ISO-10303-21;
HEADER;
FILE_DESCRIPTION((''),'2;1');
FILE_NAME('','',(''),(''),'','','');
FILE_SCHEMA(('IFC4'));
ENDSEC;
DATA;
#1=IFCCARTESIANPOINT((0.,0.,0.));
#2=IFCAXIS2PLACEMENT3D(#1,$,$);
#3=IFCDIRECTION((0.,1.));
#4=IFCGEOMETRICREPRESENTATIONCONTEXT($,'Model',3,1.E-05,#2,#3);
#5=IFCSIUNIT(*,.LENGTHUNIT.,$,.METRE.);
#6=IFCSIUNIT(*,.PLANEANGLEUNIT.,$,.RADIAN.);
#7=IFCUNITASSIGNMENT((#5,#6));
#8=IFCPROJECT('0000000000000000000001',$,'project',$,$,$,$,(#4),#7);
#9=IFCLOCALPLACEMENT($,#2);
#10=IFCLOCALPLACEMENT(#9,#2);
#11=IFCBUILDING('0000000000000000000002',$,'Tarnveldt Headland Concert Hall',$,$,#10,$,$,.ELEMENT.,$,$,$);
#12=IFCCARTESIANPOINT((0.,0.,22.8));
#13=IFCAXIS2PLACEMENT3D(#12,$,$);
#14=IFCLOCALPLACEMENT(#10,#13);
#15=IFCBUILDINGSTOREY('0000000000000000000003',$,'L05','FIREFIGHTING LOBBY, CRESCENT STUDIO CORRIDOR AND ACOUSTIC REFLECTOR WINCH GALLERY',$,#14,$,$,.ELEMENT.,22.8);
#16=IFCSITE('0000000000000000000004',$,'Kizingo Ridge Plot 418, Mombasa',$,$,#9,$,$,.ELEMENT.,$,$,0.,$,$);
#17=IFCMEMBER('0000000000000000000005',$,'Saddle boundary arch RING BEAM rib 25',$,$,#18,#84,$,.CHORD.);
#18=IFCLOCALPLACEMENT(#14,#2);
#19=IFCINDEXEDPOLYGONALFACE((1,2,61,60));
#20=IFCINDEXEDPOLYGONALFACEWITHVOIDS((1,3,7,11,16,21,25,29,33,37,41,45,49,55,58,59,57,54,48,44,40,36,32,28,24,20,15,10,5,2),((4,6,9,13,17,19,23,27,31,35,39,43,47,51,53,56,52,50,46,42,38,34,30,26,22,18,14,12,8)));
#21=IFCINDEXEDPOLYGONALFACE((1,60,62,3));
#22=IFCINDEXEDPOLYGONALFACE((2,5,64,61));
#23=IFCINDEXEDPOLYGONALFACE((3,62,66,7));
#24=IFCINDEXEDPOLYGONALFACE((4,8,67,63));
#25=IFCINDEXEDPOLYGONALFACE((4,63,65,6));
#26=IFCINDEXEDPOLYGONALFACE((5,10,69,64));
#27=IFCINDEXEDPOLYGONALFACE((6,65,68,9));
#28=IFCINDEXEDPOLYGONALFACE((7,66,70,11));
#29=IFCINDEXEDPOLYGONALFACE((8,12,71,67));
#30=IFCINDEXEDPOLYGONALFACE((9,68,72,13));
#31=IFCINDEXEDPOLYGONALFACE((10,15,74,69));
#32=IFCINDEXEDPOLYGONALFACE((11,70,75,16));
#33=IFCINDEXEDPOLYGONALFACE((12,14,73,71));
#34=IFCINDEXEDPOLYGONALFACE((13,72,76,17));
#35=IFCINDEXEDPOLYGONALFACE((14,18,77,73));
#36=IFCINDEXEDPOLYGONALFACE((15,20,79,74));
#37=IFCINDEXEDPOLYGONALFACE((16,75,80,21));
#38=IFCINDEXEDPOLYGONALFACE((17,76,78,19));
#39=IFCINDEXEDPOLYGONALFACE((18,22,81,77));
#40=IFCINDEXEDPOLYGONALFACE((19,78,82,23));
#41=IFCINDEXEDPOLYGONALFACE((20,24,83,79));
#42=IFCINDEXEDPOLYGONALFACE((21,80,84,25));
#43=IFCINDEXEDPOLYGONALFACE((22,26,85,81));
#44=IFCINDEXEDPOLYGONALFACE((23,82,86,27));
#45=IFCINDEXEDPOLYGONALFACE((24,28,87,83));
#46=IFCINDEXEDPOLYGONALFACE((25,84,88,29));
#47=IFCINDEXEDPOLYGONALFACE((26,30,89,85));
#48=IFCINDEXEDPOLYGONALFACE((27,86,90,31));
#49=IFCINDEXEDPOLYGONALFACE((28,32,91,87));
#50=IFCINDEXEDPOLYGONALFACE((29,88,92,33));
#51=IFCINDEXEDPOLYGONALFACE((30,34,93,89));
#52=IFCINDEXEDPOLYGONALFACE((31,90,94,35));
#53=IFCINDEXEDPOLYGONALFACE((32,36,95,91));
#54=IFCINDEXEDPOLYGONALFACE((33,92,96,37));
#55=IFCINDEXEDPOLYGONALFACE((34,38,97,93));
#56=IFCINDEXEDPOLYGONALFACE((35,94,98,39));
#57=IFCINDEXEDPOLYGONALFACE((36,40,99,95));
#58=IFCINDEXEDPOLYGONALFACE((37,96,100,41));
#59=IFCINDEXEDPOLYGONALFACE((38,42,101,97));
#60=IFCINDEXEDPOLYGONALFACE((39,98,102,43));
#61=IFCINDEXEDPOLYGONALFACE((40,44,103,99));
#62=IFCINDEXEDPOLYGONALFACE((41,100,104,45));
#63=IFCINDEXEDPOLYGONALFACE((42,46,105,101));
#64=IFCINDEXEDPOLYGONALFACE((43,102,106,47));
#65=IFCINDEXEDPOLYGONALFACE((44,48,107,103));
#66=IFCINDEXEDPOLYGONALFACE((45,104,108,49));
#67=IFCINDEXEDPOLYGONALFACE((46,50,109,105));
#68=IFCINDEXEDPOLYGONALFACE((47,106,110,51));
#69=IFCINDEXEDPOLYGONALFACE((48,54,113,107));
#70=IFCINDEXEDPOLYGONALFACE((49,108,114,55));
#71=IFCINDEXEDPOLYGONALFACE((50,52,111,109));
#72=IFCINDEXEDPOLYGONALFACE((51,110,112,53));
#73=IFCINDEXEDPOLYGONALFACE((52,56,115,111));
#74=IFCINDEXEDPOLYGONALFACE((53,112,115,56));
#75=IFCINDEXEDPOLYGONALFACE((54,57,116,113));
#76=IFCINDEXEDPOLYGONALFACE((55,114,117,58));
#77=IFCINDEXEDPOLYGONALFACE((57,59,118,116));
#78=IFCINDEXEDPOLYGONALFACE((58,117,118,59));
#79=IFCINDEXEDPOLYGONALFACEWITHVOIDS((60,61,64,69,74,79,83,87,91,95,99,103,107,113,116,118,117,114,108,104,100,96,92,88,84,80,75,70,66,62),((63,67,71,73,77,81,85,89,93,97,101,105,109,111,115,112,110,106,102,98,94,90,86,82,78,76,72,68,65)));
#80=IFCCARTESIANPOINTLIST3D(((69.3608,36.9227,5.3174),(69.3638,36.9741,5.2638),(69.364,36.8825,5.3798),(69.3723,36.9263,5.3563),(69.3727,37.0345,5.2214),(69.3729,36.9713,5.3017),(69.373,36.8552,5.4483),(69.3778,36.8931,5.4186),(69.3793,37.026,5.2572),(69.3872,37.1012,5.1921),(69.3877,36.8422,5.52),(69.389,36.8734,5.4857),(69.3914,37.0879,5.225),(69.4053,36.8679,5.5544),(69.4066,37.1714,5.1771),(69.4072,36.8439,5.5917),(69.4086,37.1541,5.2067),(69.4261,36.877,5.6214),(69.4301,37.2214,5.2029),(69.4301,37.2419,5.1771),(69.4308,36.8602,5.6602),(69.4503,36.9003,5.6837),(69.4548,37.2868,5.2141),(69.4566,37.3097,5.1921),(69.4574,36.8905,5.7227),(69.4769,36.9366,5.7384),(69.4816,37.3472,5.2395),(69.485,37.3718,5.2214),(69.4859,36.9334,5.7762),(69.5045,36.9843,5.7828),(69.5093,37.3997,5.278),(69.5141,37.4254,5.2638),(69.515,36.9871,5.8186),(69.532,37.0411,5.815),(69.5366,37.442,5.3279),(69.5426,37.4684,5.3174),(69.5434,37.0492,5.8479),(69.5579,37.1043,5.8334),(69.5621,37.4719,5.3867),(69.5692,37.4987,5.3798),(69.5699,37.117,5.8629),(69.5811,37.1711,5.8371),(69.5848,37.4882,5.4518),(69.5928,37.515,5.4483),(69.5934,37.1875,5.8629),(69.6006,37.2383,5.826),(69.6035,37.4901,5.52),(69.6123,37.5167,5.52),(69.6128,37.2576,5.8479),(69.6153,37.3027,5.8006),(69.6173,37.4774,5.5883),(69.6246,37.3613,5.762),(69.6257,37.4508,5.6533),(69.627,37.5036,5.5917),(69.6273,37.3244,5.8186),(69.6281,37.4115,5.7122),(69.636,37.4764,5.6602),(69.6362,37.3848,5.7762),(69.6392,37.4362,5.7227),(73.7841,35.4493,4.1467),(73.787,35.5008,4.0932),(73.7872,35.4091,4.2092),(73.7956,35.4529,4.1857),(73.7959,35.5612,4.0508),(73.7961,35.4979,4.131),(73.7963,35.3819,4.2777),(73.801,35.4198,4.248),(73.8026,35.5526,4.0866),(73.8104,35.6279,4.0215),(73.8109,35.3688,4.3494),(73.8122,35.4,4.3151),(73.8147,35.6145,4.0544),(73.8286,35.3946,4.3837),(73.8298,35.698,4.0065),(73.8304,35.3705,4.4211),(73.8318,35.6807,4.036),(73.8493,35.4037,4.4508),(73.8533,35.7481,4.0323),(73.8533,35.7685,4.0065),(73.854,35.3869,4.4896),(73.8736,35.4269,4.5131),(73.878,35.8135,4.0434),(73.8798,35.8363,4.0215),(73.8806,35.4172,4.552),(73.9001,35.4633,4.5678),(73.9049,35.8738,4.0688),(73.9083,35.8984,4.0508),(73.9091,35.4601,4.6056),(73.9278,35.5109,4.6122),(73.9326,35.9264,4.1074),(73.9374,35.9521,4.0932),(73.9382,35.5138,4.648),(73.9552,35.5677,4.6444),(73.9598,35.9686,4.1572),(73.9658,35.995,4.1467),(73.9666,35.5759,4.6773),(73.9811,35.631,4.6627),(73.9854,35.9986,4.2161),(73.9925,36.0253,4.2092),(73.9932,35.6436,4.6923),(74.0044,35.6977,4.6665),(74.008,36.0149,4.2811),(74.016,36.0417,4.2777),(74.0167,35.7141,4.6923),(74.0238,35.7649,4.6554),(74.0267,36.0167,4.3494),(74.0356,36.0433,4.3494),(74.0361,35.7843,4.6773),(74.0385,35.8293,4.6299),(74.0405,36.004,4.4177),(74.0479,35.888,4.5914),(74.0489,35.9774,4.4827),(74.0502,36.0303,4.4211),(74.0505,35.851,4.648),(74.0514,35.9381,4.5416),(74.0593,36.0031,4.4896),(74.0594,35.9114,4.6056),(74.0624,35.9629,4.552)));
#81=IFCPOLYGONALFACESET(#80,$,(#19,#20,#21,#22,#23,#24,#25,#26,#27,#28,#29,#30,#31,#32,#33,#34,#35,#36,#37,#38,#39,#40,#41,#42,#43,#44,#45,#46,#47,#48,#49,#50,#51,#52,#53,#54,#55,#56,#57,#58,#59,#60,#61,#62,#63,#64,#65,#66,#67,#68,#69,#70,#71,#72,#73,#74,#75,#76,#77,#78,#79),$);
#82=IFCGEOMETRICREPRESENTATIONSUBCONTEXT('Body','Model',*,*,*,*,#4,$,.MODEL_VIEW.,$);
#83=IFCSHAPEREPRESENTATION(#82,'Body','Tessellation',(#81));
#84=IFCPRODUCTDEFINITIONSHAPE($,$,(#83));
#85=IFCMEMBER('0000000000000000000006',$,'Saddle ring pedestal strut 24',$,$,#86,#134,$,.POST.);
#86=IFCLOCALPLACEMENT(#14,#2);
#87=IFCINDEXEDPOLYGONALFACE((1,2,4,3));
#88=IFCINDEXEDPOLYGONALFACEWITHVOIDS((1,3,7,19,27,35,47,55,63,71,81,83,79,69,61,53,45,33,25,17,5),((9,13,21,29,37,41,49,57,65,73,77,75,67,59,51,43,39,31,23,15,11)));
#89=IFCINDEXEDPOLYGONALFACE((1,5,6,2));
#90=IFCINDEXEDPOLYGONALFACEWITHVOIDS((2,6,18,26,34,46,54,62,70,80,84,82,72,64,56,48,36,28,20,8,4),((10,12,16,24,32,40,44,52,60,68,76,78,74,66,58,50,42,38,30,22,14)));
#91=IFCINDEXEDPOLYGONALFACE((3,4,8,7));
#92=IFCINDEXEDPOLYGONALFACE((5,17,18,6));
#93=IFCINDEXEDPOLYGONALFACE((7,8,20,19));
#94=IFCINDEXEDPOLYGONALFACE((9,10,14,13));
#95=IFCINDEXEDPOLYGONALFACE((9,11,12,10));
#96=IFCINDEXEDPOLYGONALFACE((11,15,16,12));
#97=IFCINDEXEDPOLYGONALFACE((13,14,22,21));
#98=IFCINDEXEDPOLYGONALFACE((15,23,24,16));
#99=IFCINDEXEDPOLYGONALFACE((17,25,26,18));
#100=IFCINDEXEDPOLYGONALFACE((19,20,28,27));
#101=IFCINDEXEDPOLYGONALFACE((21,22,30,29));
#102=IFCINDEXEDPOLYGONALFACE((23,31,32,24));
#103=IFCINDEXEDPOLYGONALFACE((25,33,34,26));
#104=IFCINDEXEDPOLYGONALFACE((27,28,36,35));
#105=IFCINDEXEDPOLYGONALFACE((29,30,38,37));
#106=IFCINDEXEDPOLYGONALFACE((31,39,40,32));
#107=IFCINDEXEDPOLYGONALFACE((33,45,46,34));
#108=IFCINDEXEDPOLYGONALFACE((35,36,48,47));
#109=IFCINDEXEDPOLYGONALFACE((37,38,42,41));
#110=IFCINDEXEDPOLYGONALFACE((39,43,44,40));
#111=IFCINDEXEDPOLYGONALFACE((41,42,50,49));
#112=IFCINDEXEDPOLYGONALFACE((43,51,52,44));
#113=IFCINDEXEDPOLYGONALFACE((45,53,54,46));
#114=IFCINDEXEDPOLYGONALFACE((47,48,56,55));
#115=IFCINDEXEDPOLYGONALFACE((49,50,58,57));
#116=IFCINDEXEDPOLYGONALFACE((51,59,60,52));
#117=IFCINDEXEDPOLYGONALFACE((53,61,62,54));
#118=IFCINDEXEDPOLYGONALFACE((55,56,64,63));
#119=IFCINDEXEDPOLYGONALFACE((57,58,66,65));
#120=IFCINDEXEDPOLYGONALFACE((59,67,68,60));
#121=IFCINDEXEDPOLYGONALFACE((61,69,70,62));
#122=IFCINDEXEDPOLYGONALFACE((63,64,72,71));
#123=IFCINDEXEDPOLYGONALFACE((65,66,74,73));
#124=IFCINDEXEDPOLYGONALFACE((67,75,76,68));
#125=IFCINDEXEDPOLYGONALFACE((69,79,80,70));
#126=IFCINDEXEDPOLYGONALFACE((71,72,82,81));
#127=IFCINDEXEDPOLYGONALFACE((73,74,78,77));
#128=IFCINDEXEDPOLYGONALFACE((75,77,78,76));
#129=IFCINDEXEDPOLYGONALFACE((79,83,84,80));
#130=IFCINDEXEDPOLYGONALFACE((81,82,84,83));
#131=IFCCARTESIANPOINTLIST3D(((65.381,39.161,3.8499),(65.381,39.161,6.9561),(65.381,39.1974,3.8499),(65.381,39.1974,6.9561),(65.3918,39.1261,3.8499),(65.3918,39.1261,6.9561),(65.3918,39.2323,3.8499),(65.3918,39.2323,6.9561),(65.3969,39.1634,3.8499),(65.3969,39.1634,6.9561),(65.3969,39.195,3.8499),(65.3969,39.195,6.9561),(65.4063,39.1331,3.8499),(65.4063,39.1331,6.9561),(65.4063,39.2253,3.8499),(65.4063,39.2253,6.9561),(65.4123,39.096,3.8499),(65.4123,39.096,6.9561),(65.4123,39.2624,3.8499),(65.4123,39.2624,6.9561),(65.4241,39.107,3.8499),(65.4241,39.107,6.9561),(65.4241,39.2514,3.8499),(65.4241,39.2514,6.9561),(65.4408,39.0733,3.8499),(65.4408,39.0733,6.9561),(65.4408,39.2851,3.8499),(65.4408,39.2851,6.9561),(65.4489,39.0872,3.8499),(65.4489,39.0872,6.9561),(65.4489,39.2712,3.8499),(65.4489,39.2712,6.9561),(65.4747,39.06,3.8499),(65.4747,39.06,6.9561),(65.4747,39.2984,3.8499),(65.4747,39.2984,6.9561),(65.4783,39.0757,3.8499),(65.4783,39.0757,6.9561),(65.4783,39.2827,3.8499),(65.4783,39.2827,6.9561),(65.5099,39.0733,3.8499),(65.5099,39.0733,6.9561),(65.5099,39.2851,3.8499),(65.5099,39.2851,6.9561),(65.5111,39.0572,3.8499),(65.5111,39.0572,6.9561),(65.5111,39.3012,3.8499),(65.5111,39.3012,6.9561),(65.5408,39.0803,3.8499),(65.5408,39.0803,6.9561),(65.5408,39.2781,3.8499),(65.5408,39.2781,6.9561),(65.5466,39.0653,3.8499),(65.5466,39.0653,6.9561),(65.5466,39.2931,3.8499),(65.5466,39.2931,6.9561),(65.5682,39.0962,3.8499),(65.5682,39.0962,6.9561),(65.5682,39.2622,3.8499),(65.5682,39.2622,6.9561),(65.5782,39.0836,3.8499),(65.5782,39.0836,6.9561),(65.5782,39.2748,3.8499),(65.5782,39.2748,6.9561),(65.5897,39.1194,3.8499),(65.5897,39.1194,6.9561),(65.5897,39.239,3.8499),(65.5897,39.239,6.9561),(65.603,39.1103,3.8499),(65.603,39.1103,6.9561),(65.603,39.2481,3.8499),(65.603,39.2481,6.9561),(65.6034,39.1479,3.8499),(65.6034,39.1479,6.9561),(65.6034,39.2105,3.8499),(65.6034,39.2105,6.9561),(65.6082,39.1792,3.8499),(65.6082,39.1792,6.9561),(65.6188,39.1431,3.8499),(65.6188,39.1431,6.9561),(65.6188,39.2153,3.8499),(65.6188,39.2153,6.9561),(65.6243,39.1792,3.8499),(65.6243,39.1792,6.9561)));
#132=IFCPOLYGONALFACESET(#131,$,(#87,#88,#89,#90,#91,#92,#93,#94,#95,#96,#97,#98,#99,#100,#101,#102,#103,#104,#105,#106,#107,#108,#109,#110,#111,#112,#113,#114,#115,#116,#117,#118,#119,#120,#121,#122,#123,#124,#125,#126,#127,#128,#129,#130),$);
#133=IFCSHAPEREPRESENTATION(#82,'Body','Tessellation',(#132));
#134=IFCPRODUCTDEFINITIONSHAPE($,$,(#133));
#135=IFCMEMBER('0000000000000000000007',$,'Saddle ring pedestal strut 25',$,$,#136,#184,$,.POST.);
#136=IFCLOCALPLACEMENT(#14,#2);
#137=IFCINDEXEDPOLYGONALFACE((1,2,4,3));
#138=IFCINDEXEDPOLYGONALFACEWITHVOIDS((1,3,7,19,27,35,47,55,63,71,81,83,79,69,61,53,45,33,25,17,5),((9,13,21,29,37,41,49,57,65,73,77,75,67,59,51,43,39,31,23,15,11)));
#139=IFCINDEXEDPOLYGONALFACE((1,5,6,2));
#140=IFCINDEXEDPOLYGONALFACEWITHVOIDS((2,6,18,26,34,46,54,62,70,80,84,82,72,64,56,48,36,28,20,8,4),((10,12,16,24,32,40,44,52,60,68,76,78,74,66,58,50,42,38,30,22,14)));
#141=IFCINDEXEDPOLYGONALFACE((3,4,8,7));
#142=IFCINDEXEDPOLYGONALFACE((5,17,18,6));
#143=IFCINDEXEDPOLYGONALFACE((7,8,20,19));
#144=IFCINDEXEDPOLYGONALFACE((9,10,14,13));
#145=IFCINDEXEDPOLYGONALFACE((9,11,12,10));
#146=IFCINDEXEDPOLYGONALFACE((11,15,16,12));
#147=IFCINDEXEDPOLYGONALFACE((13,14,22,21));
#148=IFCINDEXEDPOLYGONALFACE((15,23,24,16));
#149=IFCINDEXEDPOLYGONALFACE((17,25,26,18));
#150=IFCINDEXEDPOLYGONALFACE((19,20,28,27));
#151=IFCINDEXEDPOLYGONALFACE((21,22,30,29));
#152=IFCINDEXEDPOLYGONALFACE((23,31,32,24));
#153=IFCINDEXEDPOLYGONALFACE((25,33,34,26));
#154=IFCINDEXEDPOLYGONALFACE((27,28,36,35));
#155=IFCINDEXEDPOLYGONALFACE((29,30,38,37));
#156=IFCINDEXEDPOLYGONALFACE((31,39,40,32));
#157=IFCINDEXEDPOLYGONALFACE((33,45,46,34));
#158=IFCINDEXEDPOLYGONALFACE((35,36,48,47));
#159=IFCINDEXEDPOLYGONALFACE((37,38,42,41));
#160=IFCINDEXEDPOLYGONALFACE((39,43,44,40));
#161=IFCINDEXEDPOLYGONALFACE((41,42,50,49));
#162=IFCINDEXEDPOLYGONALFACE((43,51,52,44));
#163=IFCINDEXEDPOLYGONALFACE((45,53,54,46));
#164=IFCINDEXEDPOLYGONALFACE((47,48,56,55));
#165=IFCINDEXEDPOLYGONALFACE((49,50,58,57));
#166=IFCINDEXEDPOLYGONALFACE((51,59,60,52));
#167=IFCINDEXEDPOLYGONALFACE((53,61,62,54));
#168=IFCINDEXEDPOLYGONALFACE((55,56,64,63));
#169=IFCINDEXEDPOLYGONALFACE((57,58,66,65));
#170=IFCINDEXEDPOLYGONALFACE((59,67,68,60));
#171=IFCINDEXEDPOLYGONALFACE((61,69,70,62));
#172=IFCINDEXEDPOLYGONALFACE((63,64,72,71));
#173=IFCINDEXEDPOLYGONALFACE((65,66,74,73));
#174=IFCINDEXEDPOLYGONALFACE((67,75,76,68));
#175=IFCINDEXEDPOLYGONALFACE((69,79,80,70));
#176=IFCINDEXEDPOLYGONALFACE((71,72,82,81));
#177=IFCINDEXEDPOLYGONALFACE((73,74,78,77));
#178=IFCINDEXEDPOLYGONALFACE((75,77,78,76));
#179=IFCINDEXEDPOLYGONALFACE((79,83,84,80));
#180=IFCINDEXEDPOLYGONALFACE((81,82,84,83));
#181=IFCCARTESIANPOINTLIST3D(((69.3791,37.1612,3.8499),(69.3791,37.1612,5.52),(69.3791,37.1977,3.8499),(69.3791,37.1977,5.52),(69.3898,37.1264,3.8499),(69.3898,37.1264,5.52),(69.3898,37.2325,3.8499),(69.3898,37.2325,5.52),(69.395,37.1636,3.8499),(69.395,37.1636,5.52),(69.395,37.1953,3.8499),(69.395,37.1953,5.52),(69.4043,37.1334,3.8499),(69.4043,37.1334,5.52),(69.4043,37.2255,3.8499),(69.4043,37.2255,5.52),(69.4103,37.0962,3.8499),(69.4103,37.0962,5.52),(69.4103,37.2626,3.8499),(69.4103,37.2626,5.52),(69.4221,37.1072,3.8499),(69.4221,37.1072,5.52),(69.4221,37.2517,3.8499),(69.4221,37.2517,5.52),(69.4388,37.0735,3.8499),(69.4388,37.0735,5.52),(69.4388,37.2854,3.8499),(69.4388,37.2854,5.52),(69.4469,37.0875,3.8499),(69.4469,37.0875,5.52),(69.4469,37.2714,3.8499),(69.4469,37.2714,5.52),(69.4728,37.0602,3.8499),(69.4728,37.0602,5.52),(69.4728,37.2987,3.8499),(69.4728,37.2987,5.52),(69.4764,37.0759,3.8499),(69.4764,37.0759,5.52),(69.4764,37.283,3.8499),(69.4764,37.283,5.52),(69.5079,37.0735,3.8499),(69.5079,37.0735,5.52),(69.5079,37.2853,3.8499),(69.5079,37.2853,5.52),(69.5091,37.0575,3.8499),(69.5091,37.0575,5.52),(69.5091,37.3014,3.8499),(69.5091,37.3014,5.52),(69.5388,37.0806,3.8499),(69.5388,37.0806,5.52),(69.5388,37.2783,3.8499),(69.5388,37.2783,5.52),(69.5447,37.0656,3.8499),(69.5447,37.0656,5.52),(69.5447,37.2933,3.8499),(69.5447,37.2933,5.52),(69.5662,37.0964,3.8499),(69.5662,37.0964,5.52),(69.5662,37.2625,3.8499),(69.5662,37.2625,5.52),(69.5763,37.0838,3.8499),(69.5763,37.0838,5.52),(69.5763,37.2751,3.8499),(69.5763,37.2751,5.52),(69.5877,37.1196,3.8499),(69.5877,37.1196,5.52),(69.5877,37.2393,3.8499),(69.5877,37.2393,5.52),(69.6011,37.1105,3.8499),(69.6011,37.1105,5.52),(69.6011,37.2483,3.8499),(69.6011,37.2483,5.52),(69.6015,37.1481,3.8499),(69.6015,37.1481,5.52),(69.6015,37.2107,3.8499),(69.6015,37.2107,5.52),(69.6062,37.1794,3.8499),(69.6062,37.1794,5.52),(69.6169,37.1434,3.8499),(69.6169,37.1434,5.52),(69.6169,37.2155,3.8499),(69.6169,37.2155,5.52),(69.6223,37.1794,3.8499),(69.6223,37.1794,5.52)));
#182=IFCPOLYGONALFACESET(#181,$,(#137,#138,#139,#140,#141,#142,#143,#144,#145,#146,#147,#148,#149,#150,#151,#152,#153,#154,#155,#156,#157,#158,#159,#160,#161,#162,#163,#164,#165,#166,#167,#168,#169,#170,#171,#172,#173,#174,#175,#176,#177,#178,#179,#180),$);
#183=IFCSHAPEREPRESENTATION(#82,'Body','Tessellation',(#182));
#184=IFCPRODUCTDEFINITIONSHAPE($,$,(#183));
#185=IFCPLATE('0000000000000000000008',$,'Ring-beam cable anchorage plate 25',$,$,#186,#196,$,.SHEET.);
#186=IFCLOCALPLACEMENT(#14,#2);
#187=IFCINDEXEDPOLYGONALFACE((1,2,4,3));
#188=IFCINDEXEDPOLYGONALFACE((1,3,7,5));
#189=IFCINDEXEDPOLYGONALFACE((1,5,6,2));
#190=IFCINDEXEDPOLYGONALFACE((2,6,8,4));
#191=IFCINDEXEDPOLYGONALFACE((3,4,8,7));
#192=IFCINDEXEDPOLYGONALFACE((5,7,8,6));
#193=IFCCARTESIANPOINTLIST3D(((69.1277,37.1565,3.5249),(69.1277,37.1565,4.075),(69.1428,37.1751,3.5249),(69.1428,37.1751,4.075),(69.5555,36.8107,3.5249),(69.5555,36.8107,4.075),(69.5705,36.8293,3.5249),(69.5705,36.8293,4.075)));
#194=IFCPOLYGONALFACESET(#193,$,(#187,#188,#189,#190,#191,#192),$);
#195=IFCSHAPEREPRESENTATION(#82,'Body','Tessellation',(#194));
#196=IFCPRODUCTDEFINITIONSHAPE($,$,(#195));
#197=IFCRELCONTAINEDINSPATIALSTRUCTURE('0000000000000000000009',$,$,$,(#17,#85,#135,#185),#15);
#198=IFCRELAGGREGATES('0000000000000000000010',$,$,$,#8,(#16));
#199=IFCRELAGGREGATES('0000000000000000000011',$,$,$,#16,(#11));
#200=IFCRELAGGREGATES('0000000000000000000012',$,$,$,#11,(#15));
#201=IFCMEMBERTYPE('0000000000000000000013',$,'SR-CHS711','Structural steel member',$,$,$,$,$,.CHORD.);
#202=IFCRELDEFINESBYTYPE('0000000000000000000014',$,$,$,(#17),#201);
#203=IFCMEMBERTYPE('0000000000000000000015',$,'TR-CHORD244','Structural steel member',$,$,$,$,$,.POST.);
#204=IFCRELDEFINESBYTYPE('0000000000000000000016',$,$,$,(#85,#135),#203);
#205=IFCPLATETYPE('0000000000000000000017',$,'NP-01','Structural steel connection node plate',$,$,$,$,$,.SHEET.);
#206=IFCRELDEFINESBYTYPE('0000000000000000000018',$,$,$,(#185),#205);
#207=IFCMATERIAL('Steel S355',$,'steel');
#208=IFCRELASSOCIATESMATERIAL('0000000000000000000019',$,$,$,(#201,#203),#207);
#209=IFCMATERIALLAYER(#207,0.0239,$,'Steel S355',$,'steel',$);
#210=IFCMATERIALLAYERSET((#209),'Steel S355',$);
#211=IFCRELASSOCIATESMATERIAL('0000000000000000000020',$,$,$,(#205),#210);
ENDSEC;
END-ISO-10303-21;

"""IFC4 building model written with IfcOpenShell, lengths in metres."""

from ifc_helpers import new_model, si_unit, direction, frame, origin, origin_2d, place, context, subcontext, project, spatial, rectangle, hollow_circle, extrude, material, layer, layer_set, material_profile, profile_set, type_object, element, save


model = new_model("IFC4")

# Units and contexts
model_context = context("Model", 3, precision=1e-05, world=origin(), true_north=direction((0.0, 1.0)))
body_context = subcontext(model_context, "Body", "Model", "MODEL_VIEW")
ifc_project = project(units=[si_unit("LENGTHUNIT", "METRE"), si_unit("PLANEANGLEUNIT", "RADIAN")], contexts=[model_context])

# Site, building, storey
site_placement = place(None, origin())
site = spatial("IfcSite", under=ifc_project, at=site_placement, Name="Kizingo Ridge Plot 418, Mombasa", CompositionType="ELEMENT", RefElevation=0.0)
building_placement = place(site_placement, origin())
building = spatial("IfcBuilding", under=site, at=building_placement, Name="Tarnveldt Headland Concert Hall", CompositionType="ELEMENT")
storey_placement = place(building_placement, frame((0.0, 0.0, 22.8)))
storey = spatial("IfcBuildingStorey", under=building, at=storey_placement, Name="L05", Description="FIREFIGHTING LOBBY, CRESCENT STUDIO CORRIDOR AND ACOUSTIC REFLECTOR WINCH GALLERY", CompositionType="ELEMENT", Elevation=22.8)

# Shared definitions
ifc_material_1 = material(Name="Steel S355", Category="steel")

# Members
ifc_material_profile_1 = material_profile(ifc_material_1, hollow_circle(Radius=0.3555, WallThickness=0.0281, at=origin_2d()), Name="CHS 711x28", Category="steel")
ifc_profile_set_1 = profile_set([ifc_material_profile_1], Name="Steel S355")
member_type_1 = type_object("IfcMemberType", Name="SR-CHS711", Description="Structural steel member", PredefinedType="CHORD", material=ifc_profile_set_1)
member_1_placement = place(storey_placement, frame((69.5, 37.1794, 5.52), z_axis=(0.920187, -0.306509, -0.243531), x_axis=(0.316024, 0.948751, 0.0)))
element("IfcMember", 1, at=member_1_placement, inside=storey, type_object=member_type_1, Name="Saddle boundary arch RING BEAM rib 25", PredefinedType="CHORD", context=body_context, shape_type="SweptSolid", body=[
    extrude(hollow_circle(Radius=0.3555, WallThickness=0.0281, at=origin_2d()), origin(), (0.0, 0.0, 1.0), 4.8069),
])
ifc_material_profile_2 = material_profile(ifc_material_1, hollow_circle(Radius=0.1223, WallThickness=0.0161, at=origin_2d()), Name="CHS 244.5x16", Category="steel")
ifc_profile_set_2 = profile_set([ifc_material_profile_2], Name="Steel S355")
member_type_2 = type_object("IfcMemberType", Name="TR-CHORD244", Description="Structural steel member", PredefinedType="POST", material=ifc_profile_set_2)
member_2_placement = place(storey_placement, frame((65.502, 39.1792, 3.8499), z_axis=(0.0, 0.0, 1.0), x_axis=(1.0, 0.0, 0.0)))
element("IfcMember", 2, at=member_2_placement, inside=storey, type_object=member_type_2, Name="Saddle ring pedestal strut 24", PredefinedType="POST", context=body_context, shape_type="SweptSolid", body=[
    extrude(hollow_circle(Radius=0.1223, WallThickness=0.0161, at=origin_2d()), origin(), (0.0, 0.0, 1.0), 3.1062),
])
member_3_placement = place(storey_placement, frame((69.5, 37.1794, 3.8499), z_axis=(0.0, 0.0, 1.0), x_axis=(1.0, 0.0, 0.0)))
element("IfcMember", 3, at=member_3_placement, inside=storey, type_object=member_type_2, Name="Saddle ring pedestal strut 25", PredefinedType="POST", context=body_context, shape_type="SweptSolid", body=[
    extrude(hollow_circle(Radius=0.1223, WallThickness=0.0161, at=origin_2d()), origin(), (0.0, 0.0, 1.0), 1.6702),
])

# Plate
ifc_layer_1 = layer(ifc_material_1, 0.0239, Name="Steel S355", Category="steel")
ifc_layer_set_1 = layer_set([ifc_layer_1], Name="Steel S355")
plate_type_1 = type_object("IfcPlateType", Name="NP-01", Description="Structural steel connection node plate", PredefinedType="SHEET", material=ifc_layer_set_1)
plate_1_placement = place(storey_placement, frame((69.3491, 36.9929, 3.5249), z_axis=(0.0, 0.0, 1.0), x_axis=(0.777695, -0.628642, 0.0)))
element("IfcPlate", 4, at=plate_1_placement, inside=storey, type_object=plate_type_1, Name="Ring-beam cable anchorage plate 25", PredefinedType="SHEET", context=body_context, shape_type="SweptSolid", body=[
    extrude(rectangle(XDim=0.55, YDim=0.0239, at=origin_2d()), origin(), (0.0, 0.0, 1.0), 0.55),
])

save(model, "model.ifc")
